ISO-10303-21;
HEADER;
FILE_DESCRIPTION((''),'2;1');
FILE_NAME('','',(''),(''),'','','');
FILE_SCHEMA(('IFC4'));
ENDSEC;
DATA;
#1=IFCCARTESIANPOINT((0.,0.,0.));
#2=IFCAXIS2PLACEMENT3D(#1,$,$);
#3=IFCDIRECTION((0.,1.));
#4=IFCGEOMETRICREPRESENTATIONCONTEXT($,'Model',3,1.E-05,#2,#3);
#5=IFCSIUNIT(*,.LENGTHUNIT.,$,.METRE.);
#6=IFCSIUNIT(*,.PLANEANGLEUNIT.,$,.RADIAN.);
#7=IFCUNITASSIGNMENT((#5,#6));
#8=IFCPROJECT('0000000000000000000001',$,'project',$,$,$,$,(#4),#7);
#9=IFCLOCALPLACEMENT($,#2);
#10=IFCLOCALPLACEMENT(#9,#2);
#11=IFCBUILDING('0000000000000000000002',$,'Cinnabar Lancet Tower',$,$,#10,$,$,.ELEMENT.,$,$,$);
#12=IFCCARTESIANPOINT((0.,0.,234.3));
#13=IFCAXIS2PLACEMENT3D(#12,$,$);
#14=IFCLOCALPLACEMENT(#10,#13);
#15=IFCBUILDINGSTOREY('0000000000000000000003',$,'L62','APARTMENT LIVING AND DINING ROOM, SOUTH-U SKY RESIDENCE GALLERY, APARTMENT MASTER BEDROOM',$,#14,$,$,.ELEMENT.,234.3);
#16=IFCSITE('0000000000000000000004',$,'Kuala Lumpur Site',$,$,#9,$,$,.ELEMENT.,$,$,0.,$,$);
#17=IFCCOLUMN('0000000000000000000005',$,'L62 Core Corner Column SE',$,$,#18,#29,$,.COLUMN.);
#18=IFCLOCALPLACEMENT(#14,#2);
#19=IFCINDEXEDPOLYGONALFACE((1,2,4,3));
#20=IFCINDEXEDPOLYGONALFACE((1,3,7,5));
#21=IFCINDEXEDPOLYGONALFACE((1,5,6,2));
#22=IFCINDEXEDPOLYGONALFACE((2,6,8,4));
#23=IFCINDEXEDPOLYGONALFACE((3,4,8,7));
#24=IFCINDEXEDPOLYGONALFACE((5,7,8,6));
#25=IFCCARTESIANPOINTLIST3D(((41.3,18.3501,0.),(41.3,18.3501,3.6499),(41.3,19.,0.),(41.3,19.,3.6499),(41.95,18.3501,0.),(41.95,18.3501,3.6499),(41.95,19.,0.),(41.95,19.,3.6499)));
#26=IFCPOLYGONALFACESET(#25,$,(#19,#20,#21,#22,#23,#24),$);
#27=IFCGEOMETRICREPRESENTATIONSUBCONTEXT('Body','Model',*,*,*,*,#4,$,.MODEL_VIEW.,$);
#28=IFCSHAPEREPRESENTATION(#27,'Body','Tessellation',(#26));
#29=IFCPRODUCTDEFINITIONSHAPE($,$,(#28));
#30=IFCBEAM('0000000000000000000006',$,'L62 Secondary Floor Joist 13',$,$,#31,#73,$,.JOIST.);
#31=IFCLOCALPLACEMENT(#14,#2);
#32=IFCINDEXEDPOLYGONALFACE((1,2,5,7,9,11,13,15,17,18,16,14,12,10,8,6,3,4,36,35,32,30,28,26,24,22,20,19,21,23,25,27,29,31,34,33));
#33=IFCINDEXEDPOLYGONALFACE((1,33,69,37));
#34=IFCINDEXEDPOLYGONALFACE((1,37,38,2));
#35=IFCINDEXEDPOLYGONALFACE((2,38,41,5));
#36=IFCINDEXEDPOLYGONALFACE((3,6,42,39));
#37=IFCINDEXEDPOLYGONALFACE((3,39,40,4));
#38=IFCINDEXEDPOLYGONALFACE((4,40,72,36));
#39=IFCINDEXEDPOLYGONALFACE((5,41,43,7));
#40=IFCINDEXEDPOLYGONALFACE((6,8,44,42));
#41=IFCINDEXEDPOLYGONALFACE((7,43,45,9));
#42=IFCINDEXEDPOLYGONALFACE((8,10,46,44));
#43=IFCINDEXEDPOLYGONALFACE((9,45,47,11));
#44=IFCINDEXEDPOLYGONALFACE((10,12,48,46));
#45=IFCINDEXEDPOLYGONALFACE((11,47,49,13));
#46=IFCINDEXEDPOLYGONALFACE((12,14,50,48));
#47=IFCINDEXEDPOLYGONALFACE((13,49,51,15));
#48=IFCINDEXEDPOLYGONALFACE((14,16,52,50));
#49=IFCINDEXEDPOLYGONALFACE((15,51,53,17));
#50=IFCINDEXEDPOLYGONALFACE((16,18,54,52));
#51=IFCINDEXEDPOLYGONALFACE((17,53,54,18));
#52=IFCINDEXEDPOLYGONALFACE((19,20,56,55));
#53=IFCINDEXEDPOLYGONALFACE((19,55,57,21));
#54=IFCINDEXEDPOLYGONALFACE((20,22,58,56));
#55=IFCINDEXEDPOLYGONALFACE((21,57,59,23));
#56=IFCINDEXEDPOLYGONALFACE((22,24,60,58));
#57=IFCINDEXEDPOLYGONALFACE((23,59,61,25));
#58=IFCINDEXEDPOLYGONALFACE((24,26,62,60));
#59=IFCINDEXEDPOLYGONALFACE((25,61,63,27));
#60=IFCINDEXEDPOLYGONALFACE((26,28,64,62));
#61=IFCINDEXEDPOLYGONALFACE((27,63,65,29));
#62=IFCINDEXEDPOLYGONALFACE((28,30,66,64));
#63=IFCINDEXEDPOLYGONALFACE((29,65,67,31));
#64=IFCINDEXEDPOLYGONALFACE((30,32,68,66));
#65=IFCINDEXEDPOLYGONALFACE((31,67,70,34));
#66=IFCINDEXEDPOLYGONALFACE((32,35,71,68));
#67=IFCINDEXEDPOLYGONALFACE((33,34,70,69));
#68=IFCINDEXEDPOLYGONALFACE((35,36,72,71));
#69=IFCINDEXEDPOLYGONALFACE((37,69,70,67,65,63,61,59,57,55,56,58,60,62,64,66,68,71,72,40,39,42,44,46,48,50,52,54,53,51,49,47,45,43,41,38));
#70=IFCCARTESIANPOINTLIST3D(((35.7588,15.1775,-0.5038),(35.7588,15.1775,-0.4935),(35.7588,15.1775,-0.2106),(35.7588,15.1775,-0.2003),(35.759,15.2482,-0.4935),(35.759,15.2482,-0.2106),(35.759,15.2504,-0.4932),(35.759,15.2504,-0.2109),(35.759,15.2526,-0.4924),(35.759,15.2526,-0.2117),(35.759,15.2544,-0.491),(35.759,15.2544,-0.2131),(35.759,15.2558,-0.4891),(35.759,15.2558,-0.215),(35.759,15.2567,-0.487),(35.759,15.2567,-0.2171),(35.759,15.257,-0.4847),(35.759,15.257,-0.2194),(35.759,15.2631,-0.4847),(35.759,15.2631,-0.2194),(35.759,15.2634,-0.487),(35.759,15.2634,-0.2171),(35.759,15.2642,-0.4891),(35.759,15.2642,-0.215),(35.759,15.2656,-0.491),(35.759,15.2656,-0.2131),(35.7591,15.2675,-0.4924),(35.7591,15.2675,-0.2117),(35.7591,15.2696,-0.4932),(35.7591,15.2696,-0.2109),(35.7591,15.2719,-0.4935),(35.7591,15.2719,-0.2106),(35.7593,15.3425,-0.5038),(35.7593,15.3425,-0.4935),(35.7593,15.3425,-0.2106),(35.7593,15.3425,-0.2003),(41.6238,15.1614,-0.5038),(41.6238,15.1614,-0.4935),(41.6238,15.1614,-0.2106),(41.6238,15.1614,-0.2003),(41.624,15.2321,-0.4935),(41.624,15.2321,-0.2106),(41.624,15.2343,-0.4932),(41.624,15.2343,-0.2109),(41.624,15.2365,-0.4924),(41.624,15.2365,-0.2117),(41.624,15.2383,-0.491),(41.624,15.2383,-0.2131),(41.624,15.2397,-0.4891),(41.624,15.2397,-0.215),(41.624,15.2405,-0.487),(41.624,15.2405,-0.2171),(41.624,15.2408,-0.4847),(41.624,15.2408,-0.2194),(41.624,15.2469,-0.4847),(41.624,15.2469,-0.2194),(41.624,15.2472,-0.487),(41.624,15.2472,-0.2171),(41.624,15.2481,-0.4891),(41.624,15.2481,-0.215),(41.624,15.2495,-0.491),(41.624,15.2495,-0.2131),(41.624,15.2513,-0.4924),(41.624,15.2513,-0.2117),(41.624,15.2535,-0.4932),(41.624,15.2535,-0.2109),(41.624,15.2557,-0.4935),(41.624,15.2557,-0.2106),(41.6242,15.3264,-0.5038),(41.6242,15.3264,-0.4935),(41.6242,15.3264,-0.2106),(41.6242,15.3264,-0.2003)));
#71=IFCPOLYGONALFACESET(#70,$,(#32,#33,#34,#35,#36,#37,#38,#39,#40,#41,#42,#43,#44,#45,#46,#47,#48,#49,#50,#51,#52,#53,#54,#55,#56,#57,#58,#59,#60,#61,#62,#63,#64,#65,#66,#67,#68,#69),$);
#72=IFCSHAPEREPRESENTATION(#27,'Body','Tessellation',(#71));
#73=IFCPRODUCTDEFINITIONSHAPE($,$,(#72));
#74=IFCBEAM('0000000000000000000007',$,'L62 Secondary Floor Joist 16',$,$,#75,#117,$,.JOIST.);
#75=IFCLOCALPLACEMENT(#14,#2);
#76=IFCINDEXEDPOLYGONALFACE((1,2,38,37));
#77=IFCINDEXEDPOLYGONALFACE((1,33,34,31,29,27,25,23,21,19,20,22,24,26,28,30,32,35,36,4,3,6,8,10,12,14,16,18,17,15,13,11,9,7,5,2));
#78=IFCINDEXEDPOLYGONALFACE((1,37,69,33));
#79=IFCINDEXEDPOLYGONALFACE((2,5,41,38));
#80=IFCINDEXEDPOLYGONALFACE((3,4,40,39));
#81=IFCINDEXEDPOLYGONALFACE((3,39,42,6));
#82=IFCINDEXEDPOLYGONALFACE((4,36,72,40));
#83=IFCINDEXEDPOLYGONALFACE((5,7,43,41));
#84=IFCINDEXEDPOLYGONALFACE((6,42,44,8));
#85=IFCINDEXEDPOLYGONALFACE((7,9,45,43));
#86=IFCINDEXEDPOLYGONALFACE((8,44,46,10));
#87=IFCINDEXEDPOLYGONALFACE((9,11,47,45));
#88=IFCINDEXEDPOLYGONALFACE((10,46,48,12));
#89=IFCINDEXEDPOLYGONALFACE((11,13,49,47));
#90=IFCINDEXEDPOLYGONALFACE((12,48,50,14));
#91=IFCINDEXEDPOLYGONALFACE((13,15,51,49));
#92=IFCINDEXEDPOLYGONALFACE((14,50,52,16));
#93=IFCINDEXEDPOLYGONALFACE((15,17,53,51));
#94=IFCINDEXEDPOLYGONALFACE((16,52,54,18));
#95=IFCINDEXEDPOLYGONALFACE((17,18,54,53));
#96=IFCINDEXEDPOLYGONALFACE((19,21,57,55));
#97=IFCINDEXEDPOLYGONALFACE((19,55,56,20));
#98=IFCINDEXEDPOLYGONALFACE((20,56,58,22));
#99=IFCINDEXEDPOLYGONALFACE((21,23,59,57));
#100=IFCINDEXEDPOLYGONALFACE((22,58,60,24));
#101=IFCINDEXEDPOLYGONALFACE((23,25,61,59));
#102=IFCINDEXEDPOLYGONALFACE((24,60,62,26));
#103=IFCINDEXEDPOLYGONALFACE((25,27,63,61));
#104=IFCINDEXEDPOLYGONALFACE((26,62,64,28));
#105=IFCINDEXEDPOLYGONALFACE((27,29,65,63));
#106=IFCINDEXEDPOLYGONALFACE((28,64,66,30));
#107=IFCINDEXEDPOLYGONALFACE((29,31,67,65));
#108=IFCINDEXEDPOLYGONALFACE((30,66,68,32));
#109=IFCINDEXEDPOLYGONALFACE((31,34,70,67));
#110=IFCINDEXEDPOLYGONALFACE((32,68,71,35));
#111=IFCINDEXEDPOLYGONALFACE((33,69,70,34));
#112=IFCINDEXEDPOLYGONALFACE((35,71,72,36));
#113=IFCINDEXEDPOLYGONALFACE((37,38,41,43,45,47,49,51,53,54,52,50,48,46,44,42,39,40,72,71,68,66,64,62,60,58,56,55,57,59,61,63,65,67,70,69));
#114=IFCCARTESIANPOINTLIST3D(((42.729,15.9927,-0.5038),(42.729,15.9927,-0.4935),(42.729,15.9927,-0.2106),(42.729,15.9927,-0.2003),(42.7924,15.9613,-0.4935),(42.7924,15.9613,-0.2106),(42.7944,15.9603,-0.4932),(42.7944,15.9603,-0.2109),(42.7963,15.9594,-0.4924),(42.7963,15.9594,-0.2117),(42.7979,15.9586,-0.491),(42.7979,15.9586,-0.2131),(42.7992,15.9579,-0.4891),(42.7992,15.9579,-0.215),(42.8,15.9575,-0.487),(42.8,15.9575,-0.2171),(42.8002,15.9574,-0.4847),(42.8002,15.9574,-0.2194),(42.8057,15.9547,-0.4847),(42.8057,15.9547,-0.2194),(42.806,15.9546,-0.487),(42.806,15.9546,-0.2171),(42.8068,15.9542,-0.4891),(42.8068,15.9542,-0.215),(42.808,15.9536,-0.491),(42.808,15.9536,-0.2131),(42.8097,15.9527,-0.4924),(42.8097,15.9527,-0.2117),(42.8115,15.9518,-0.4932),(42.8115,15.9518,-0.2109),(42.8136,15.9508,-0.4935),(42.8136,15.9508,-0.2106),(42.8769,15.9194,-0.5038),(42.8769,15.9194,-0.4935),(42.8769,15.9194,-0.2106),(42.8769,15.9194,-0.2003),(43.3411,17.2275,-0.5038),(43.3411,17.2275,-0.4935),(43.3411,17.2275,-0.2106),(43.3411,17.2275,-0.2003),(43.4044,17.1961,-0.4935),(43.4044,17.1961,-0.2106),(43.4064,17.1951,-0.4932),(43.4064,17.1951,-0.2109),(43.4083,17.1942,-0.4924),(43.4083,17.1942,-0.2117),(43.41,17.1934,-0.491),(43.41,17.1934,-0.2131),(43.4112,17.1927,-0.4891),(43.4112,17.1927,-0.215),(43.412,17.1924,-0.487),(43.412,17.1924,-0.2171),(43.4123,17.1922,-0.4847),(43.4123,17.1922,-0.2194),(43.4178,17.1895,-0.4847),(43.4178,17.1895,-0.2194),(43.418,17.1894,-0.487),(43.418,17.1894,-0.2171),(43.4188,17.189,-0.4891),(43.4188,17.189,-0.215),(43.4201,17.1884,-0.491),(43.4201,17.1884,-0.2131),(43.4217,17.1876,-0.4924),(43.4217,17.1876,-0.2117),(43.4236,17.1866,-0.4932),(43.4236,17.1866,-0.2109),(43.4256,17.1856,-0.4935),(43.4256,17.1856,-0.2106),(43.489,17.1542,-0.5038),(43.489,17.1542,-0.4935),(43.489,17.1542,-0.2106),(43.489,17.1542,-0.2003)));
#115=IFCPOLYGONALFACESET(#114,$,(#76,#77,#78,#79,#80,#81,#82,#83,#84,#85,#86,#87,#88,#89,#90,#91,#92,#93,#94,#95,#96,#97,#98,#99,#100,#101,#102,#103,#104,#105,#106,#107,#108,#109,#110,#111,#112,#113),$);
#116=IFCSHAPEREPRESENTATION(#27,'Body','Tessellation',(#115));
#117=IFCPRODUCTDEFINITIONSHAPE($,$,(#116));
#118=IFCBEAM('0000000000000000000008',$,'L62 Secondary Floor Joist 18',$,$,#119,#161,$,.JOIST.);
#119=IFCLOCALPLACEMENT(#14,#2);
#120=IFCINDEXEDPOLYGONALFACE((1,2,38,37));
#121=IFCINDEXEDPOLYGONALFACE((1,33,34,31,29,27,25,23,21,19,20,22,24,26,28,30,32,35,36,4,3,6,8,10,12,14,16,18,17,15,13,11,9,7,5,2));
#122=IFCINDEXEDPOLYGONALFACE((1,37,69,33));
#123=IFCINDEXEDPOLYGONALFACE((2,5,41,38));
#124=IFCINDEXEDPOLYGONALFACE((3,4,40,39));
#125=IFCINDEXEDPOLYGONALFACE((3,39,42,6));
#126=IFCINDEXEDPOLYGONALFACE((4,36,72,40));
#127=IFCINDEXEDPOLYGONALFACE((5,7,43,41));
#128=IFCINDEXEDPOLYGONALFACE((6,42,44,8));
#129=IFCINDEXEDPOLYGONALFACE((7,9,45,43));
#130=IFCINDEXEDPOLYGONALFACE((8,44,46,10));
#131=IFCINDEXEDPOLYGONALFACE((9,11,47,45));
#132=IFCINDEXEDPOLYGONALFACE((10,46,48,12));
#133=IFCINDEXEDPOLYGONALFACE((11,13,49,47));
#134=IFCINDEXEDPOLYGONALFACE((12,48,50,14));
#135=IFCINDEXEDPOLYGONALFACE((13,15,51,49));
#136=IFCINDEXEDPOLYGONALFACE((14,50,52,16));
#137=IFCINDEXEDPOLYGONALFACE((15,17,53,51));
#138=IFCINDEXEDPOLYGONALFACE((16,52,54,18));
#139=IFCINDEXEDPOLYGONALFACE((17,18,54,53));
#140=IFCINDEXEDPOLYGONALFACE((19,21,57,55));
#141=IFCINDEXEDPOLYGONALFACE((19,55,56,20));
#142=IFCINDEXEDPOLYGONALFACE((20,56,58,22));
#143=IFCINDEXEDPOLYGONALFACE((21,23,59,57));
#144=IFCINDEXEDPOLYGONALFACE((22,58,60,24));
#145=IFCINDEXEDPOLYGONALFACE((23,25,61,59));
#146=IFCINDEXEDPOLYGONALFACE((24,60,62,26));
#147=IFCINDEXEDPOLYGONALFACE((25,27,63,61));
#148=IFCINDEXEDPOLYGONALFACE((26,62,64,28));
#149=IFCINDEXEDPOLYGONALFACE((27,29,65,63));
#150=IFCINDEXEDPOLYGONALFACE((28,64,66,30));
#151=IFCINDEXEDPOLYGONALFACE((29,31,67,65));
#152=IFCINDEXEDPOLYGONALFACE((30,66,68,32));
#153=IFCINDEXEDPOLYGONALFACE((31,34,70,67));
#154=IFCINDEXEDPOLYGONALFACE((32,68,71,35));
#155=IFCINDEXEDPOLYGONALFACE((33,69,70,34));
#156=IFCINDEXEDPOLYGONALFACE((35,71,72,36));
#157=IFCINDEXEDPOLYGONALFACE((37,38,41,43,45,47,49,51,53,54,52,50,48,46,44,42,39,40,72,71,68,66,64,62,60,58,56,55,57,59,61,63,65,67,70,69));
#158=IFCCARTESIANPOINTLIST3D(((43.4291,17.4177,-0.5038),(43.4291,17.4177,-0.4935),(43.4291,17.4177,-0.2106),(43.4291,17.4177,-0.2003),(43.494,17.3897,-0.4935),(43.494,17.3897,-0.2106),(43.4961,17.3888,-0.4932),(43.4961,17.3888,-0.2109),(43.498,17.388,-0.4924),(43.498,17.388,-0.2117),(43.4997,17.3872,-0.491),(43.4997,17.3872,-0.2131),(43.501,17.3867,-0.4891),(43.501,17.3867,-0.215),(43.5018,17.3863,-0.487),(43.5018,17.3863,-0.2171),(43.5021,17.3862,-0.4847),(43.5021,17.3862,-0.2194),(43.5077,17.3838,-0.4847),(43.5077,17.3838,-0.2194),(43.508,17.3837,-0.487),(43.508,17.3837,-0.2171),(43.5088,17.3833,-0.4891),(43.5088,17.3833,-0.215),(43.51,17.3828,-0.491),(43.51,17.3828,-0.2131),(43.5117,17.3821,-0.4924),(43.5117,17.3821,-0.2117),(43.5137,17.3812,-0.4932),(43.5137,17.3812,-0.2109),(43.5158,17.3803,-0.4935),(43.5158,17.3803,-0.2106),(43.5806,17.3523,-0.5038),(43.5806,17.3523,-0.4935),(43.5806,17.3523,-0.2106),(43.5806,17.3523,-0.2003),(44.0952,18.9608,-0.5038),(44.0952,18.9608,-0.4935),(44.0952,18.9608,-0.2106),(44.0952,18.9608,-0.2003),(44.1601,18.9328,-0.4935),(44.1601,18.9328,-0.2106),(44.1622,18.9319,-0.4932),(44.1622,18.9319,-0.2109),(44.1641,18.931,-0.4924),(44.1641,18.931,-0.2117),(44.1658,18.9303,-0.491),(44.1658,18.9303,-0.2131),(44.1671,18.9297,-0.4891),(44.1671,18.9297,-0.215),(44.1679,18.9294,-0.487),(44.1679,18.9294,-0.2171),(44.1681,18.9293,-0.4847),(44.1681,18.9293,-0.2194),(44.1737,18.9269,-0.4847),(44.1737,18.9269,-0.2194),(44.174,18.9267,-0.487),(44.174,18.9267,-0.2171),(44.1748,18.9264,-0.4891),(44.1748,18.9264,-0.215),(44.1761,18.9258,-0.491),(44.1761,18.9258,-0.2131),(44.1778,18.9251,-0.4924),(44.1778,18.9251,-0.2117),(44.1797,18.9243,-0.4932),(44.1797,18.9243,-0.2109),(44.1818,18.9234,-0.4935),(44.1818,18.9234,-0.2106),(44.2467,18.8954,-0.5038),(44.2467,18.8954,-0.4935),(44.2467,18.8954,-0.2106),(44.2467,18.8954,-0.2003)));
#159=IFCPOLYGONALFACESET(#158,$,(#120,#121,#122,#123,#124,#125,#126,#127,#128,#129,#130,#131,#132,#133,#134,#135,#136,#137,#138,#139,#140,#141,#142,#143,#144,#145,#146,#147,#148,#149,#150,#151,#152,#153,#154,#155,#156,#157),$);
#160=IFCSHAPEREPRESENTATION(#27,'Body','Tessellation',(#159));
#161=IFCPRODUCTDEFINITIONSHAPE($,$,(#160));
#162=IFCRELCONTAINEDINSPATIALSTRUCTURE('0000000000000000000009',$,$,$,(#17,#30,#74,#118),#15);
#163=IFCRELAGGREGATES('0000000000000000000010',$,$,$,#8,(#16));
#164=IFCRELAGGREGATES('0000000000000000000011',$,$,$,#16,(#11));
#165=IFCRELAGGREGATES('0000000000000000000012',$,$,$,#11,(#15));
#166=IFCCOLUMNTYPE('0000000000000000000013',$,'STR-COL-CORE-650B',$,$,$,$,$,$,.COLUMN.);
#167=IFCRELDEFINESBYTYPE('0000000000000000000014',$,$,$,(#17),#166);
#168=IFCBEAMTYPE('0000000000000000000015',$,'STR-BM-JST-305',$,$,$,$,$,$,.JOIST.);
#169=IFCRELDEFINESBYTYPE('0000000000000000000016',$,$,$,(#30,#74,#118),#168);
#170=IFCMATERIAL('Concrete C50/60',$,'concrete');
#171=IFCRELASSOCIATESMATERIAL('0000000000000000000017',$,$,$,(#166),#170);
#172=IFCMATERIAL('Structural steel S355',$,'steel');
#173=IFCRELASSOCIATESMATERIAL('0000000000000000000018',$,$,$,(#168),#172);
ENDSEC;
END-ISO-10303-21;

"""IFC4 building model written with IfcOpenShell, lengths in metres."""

from ifc_helpers import new_model, si_unit, direction, frame, origin, origin_2d, place, context, subcontext, project, spatial, rectangle, i_section, extrude, material, material_profile, profile_set, type_object, element, save


model = new_model("IFC4")

# Units and contexts
model_context = context("Model", 3, precision=1e-05, world=origin(), true_north=direction((0.0, 1.0)))
body_context = subcontext(model_context, "Body", "Model", "MODEL_VIEW")
ifc_project = project(units=[si_unit("LENGTHUNIT", "METRE"), si_unit("PLANEANGLEUNIT", "RADIAN")], contexts=[model_context])

# Site, building, storey
site_placement = place(None, origin())
site = spatial("IfcSite", under=ifc_project, at=site_placement, Name="Kuala Lumpur Site", CompositionType="ELEMENT", RefElevation=0.0)
building_placement = place(site_placement, origin())
building = spatial("IfcBuilding", under=site, at=building_placement, Name="Cinnabar Lancet Tower", CompositionType="ELEMENT")
storey_placement = place(building_placement, frame((0.0, 0.0, 234.3)))
storey = spatial("IfcBuildingStorey", under=building, at=storey_placement, Name="L62", Description="APARTMENT LIVING AND DINING ROOM, SOUTH-U SKY RESIDENCE GALLERY, APARTMENT MASTER BEDROOM", CompositionType="ELEMENT", Elevation=234.3)

# Column
ifc_material_1 = material(Name="Concrete C50/60", Category="concrete")
ifc_material_profile_1 = material_profile(ifc_material_1, rectangle(XDim=0.6499, YDim=0.6499, at=origin_2d()), Name="RC-COL 650x650")
ifc_profile_set_1 = profile_set([ifc_material_profile_1], Name="Concrete C50/60")
column_type = type_object("IfcColumnType", Name="STR-COL-CORE-650B", PredefinedType="COLUMN", material=ifc_profile_set_1)
column_placement = place(storey_placement, frame((41.625, 18.675, 0.0), z_axis=(0.0, 0.0, 1.0), x_axis=(1.0, 0.0, 0.0)))
element("IfcColumn", 1, at=column_placement, inside=storey, type_object=column_type, Name="L62 Core Corner Column SE", PredefinedType="COLUMN", context=body_context, shape_type="SweptSolid", body=[
    extrude(rectangle(XDim=0.6499, YDim=0.6499, at=origin_2d()), origin(), (0.0, 0.0, 1.0), 3.6499),
])

# Beams
ifc_material_2 = material(Name="Structural steel S355", Category="steel")
ifc_material_profile_2 = material_profile(ifc_material_2, i_section(OverallWidth=0.165, OverallDepth=0.3035, WebThickness=0.0061, FlangeThickness=0.0103, FilletRadius=0.0088, at=origin_2d()), Name="UKB 305x165x40")
ifc_profile_set_2 = profile_set([ifc_material_profile_2], Name="Structural steel S355")
beam_type_1 = type_object("IfcBeamType", Name="STR-BM-JST-305", PredefinedType="JOIST", material=ifc_profile_set_2)
beam_1_placement = place(storey_placement, frame((35.759, 15.26, -0.3521), z_axis=(0.999996, -0.002747, 0.0), x_axis=(0.002747, 0.999996, 0.0)))
element("IfcBeam", 2, at=beam_1_placement, inside=storey, type_object=beam_type_1, Name="L62 Secondary Floor Joist 13", PredefinedType="JOIST", context=body_context, shape_type="SweptSolid", body=[
    extrude(i_section(OverallWidth=0.165, OverallDepth=0.3035, WebThickness=0.0061, FlangeThickness=0.0103, FilletRadius=0.0088, at=origin_2d()), origin(), (0.0, 0.0, 1.0), 5.865),
])
beam_2_placement = place(storey_placement, frame((42.803, 15.9561, -0.3521), z_axis=(0.444093, 0.895981, 0.0), x_axis=(-0.895981, 0.444093, 0.0)))
element("IfcBeam", 3, at=beam_2_placement, inside=storey, type_object=beam_type_1, Name="L62 Secondary Floor Joist 16", PredefinedType="JOIST", context=body_context, shape_type="SweptSolid", body=[
    extrude(i_section(OverallWidth=0.165, OverallDepth=0.3035, WebThickness=0.0061, FlangeThickness=0.0103, FilletRadius=0.0088, at=origin_2d()), origin(), (0.0, 0.0, 1.0), 1.3782),
])
beam_3_placement = place(storey_placement, frame((43.5049, 17.385, -0.3521), z_axis=(0.396302, 0.91812, 0.0), x_axis=(-0.91812, 0.396302, 0.0)))
element("IfcBeam", 4, at=beam_3_placement, inside=storey, type_object=beam_type_1, Name="L62 Secondary Floor Joist 18", PredefinedType="JOIST", context=body_context, shape_type="SweptSolid", body=[
    extrude(i_section(OverallWidth=0.165, OverallDepth=0.3035, WebThickness=0.0061, FlangeThickness=0.0103, FilletRadius=0.0088, at=origin_2d()), origin(), (0.0, 0.0, 1.0), 1.6807),
])

save(model, "model.ifc")
